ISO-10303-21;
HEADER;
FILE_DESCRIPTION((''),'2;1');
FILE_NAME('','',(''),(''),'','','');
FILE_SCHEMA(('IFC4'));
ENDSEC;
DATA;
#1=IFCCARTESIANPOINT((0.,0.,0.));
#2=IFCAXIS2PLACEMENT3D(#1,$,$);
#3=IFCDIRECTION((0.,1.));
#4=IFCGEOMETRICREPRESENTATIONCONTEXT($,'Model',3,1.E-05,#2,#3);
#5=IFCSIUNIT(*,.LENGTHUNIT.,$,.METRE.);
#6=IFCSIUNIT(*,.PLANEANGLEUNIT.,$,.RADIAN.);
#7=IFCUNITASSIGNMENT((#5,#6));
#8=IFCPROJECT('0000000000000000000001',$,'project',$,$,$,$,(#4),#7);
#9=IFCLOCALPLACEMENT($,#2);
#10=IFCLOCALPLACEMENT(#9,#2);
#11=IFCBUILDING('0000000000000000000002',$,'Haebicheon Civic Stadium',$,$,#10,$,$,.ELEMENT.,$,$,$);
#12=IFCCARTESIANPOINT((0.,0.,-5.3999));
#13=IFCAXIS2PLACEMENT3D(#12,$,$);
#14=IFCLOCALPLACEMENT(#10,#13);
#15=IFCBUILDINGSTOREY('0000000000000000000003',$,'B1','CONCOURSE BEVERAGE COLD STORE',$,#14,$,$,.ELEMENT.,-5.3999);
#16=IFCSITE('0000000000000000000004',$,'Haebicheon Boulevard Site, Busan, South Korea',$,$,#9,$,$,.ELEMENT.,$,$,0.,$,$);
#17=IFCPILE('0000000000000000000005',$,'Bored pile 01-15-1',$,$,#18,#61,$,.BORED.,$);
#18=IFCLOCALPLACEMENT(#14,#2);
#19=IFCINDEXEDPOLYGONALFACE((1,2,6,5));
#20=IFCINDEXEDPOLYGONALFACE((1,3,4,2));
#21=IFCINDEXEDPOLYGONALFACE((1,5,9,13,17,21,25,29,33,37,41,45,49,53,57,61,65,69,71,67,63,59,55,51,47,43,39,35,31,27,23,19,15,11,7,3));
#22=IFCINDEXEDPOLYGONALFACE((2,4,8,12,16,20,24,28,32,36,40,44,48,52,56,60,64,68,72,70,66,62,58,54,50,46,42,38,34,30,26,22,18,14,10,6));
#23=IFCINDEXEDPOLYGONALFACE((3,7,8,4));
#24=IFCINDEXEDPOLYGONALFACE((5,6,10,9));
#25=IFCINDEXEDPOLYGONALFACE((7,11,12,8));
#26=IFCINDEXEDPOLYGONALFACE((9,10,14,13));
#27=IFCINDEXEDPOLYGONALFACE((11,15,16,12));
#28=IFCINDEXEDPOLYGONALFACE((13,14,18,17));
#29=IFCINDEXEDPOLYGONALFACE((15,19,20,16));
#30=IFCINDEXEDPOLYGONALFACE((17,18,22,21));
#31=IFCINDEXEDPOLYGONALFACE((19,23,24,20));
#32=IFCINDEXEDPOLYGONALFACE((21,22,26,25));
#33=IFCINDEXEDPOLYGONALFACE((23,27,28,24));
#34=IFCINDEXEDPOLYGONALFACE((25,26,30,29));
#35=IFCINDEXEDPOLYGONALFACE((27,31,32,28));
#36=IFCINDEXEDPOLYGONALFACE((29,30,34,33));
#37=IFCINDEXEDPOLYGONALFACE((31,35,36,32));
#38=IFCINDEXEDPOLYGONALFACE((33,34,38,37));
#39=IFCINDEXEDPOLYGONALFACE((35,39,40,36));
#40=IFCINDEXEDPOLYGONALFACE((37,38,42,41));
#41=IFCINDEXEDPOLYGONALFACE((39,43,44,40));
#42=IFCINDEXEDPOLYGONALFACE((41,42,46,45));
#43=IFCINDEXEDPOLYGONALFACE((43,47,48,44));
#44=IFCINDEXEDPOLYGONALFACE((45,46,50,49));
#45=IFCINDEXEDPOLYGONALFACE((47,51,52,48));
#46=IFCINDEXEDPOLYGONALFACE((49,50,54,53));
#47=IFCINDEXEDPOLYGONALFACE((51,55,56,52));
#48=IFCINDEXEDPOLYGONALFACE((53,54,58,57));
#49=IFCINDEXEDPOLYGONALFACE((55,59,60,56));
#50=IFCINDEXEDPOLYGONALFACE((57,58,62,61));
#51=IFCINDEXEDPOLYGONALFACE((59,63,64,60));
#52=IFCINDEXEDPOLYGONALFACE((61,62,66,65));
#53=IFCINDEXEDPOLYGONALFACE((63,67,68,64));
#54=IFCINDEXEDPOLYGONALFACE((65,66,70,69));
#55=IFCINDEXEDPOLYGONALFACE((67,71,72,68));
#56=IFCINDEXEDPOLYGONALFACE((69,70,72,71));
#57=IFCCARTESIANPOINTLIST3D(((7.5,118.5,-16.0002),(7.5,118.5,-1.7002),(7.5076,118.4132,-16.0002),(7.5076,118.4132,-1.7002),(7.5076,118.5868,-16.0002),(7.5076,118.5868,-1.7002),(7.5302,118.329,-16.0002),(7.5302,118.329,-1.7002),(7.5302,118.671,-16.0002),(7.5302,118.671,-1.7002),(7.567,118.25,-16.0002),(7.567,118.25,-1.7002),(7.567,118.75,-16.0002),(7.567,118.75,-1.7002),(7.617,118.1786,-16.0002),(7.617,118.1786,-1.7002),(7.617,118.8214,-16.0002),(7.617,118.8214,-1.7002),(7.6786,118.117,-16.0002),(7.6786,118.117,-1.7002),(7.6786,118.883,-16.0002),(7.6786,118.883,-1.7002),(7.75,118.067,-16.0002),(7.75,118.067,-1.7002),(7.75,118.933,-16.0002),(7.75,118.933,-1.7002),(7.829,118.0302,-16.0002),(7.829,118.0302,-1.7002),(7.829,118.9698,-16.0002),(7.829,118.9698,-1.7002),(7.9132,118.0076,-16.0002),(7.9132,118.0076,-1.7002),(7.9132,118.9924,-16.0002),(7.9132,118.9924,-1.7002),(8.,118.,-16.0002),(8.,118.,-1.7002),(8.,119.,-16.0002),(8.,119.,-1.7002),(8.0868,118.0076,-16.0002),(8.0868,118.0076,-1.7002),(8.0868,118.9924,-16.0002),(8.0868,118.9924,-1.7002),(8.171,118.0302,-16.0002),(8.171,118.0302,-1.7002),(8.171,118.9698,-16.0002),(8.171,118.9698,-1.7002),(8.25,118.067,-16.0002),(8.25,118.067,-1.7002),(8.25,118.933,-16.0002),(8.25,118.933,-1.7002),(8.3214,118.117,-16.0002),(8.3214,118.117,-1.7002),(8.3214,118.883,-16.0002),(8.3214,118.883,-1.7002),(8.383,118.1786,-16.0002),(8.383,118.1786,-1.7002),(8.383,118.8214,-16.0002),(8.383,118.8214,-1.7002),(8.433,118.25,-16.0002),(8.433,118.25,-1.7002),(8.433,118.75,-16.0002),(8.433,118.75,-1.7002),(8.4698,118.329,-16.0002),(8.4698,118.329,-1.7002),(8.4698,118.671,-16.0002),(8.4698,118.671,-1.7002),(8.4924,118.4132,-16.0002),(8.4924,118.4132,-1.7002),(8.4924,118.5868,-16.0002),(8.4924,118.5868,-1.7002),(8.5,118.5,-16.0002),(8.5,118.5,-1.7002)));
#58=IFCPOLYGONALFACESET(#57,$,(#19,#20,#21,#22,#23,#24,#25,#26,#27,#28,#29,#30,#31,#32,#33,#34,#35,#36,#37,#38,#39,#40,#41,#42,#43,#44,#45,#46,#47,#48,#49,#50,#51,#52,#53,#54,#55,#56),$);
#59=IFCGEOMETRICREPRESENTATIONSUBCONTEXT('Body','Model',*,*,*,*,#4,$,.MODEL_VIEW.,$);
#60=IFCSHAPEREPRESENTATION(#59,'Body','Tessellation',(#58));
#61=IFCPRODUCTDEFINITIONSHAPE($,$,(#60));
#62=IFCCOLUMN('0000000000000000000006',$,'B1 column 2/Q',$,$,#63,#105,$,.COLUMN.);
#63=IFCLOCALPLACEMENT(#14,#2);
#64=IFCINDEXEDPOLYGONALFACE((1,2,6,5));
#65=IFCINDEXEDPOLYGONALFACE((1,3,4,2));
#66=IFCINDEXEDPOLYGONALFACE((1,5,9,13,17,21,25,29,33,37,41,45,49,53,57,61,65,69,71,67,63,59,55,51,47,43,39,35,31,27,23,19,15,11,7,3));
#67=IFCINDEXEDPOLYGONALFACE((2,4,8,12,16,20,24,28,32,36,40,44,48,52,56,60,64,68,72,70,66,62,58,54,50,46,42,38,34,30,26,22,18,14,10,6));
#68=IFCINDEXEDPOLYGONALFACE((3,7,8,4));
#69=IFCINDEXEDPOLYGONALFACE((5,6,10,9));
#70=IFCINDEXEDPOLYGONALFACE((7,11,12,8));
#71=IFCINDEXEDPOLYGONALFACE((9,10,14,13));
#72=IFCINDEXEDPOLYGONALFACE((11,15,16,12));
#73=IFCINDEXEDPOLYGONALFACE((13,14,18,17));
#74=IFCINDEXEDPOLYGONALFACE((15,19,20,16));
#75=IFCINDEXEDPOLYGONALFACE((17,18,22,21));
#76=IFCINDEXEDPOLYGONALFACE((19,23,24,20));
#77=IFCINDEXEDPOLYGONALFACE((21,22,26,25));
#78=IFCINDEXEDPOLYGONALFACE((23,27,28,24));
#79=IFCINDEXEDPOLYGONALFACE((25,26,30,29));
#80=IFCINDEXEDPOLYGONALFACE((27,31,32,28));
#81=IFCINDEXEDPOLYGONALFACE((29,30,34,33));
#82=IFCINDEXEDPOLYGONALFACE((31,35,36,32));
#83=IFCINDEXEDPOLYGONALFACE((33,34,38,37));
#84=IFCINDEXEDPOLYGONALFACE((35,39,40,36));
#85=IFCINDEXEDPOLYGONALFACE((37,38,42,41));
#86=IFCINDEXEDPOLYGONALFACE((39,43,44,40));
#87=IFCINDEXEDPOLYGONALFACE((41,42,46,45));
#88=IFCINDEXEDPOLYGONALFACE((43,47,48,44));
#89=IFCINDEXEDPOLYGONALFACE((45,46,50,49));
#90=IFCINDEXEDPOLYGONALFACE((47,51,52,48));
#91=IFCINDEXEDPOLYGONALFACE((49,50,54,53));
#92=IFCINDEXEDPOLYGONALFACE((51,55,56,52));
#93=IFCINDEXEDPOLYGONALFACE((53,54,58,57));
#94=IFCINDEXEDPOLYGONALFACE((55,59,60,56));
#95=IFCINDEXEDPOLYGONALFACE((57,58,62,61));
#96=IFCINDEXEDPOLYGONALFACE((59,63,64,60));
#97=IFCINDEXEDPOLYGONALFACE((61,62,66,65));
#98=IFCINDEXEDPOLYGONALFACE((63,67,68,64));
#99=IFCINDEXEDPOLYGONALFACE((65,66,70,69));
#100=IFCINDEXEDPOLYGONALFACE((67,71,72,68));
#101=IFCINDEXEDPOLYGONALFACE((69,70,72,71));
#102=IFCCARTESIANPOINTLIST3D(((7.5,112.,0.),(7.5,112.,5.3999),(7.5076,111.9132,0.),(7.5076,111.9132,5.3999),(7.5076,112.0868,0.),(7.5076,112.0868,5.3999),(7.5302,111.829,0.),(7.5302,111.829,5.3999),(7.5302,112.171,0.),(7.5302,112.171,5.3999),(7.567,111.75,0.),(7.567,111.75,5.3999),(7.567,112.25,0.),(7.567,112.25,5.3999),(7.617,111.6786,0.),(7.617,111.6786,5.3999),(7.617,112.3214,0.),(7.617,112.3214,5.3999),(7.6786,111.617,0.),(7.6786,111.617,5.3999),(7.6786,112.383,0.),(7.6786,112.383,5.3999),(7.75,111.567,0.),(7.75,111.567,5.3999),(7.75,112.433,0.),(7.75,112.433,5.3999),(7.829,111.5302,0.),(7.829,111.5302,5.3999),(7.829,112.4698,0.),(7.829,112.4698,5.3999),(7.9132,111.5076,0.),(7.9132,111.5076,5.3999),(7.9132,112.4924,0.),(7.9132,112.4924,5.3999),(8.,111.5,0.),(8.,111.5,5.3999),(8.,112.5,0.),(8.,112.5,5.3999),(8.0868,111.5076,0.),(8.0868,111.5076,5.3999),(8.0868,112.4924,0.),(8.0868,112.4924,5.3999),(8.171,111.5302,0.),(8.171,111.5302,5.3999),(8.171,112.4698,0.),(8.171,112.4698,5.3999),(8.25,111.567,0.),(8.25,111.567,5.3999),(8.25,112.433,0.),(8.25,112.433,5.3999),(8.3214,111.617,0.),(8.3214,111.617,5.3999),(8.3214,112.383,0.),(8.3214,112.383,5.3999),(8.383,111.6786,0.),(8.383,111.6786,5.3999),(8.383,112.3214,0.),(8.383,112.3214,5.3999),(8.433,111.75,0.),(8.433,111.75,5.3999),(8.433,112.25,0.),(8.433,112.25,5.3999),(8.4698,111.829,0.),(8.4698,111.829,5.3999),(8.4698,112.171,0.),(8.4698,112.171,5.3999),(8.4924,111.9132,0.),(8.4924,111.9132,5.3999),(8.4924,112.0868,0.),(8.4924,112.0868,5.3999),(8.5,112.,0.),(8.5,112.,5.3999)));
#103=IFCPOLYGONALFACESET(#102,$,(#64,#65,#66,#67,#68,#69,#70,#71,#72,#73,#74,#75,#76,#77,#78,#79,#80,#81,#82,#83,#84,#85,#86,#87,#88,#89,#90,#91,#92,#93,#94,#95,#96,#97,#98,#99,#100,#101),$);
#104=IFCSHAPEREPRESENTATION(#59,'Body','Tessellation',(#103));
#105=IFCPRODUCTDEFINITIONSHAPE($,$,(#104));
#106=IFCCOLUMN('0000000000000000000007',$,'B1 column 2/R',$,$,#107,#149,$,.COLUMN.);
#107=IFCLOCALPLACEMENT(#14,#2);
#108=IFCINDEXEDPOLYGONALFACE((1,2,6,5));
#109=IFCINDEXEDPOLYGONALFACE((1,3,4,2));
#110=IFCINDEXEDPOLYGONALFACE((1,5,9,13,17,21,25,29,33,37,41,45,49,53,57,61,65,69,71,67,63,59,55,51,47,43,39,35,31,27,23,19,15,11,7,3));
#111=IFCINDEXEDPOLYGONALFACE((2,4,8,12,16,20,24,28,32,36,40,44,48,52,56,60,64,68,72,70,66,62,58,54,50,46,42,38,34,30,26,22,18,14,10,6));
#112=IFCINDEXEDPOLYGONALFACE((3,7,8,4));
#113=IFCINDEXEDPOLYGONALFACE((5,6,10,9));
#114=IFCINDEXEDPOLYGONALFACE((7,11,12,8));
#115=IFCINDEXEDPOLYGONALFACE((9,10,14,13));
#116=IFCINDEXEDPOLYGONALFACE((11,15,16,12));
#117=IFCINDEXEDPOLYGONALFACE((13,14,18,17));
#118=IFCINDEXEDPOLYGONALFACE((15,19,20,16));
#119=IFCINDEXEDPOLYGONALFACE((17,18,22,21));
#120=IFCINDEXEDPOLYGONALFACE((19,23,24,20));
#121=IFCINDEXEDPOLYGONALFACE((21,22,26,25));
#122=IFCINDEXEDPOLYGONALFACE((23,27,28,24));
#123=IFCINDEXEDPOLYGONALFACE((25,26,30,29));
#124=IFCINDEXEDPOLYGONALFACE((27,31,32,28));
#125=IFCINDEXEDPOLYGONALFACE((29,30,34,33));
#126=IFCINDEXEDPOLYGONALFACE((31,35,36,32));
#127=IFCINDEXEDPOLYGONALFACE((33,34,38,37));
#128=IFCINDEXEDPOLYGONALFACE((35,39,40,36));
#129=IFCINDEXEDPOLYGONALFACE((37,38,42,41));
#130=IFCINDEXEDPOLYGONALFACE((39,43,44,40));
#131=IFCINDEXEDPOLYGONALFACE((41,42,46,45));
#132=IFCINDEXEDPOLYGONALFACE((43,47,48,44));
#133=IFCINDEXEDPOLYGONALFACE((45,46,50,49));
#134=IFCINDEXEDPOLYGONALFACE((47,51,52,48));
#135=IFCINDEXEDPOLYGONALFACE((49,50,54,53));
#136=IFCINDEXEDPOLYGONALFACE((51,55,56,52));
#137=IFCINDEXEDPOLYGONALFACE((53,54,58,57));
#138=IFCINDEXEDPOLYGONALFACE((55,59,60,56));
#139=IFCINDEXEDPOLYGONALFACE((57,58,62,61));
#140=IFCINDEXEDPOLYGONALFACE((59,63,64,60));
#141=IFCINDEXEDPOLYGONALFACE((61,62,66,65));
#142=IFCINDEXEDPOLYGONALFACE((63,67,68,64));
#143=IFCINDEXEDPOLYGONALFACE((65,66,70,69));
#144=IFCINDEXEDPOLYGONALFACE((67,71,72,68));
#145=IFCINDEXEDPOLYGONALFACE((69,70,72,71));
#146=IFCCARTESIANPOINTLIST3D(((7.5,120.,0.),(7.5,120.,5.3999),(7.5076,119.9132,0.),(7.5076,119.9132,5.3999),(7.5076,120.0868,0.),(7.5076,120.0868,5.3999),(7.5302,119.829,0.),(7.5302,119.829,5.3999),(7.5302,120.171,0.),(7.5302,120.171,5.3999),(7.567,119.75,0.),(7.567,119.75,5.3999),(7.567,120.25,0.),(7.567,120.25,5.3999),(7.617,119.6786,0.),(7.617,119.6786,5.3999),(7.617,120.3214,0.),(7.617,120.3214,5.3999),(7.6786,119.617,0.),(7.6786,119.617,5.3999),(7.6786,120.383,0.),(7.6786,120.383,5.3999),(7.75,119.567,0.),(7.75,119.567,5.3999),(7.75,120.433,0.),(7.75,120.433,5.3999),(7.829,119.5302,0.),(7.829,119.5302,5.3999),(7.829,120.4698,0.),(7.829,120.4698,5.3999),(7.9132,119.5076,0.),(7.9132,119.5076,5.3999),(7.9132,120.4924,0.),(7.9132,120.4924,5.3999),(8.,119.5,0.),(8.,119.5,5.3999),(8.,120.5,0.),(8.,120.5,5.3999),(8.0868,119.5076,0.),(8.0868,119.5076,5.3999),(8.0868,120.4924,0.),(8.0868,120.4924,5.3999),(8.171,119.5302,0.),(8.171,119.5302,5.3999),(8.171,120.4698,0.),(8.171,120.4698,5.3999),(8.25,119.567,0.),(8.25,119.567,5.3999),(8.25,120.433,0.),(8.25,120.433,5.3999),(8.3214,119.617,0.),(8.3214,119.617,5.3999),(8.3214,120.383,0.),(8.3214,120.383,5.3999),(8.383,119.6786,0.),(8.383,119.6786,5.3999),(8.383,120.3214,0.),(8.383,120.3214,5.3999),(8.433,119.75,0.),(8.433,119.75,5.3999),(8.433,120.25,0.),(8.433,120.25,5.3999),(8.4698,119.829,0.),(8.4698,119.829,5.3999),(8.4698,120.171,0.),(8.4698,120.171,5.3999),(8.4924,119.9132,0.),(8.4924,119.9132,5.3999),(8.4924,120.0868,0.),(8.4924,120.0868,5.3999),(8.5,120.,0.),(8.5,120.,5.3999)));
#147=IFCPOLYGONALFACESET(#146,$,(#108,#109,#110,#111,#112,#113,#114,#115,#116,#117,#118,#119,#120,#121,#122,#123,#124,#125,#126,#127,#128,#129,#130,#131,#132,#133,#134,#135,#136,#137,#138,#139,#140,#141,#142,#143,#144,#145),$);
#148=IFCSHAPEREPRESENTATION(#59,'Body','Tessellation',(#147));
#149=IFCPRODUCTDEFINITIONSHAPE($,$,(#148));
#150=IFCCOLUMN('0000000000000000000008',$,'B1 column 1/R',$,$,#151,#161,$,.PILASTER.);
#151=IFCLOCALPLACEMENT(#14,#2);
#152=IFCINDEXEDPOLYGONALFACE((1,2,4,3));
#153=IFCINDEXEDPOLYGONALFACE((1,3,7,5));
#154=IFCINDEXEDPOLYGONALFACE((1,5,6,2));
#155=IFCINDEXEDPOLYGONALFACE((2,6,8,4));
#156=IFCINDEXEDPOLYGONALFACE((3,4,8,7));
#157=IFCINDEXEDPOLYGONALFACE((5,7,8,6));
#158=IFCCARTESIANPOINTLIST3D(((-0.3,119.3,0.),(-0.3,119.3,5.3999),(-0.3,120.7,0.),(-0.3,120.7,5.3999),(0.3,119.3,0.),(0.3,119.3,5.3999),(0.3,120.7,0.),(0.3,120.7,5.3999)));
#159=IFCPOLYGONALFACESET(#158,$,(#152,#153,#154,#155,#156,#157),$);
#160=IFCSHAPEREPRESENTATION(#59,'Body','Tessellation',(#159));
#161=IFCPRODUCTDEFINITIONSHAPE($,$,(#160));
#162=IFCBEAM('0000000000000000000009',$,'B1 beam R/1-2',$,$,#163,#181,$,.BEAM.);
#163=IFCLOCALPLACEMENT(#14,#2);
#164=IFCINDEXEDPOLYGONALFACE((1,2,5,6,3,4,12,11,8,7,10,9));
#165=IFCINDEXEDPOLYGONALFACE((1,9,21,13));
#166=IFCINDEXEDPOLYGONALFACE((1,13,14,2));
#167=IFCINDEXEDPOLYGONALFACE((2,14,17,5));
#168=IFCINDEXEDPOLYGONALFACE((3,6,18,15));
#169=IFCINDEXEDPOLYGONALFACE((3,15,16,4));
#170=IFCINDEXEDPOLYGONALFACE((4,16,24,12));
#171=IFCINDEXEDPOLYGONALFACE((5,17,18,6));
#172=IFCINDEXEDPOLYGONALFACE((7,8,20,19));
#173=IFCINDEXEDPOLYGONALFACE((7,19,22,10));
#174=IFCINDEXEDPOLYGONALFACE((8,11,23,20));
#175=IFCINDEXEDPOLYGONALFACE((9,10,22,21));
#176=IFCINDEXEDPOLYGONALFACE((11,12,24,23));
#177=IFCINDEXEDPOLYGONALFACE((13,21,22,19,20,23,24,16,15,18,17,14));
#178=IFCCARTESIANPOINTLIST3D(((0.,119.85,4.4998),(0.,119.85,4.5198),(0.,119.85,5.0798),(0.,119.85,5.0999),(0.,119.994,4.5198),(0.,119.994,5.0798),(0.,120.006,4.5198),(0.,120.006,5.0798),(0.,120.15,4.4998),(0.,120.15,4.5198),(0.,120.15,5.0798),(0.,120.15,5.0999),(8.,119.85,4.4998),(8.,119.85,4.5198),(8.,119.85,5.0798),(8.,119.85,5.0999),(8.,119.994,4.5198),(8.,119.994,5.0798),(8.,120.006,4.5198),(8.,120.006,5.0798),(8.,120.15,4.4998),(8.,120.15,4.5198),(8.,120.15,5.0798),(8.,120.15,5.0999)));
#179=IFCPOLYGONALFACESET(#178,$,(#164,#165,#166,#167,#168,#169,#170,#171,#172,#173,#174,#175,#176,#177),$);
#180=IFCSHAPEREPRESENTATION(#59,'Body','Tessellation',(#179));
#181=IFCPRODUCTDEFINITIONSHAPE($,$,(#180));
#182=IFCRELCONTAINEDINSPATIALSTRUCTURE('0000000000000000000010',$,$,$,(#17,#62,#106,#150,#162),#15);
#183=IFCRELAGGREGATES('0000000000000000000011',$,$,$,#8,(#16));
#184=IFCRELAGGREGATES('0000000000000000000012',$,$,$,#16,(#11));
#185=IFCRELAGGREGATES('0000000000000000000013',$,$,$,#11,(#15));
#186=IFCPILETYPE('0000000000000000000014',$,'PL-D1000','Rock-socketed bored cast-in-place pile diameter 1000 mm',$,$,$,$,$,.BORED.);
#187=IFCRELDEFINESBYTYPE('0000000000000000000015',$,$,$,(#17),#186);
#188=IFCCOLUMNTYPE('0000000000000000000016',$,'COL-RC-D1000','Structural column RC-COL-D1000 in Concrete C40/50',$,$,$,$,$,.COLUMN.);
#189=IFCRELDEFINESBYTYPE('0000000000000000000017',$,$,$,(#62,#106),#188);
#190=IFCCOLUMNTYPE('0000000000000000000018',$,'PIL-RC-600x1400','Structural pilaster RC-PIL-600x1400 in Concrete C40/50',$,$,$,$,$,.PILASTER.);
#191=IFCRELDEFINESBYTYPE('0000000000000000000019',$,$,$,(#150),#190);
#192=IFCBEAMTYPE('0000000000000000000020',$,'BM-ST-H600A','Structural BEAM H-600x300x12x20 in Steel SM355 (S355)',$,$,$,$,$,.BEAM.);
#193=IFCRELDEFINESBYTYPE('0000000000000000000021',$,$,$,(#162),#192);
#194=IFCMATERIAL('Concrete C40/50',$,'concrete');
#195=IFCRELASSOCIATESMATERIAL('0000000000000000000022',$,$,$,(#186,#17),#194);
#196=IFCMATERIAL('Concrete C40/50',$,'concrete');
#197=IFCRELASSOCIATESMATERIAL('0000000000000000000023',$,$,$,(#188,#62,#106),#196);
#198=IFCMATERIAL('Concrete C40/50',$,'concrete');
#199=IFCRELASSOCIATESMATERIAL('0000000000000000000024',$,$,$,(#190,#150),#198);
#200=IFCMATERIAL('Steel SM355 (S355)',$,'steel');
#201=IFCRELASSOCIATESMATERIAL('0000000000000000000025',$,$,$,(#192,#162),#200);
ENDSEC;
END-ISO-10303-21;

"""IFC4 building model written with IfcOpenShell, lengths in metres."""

from ifc_helpers import new_model, si_unit, direction, frame, origin, origin_2d, place, context, subcontext, project, spatial, rectangle, circle, i_section, extrude, material, material_profile, profile_set, type_object, element, save


model = new_model("IFC4")

# Units and contexts
model_context = context("Model", 3, precision=1e-05, world=origin(), true_north=direction((0.0, 1.0)))
body_context = subcontext(model_context, "Body", "Model", "MODEL_VIEW")
ifc_project = project(units=[si_unit("LENGTHUNIT", "METRE"), si_unit("PLANEANGLEUNIT", "RADIAN")], contexts=[model_context])

# Site, building, storey
site_placement = place(None, origin())
site = spatial("IfcSite", under=ifc_project, at=site_placement, Name="Haebicheon Boulevard Site, Busan, South Korea", CompositionType="ELEMENT", RefElevation=0.0)
building_placement = place(site_placement, origin())
building = spatial("IfcBuilding", under=site, at=building_placement, Name="Haebicheon Civic Stadium", CompositionType="ELEMENT")
storey_placement = place(building_placement, frame((0.0, 0.0, -5.3999)))
storey = spatial("IfcBuildingStorey", under=building, at=storey_placement, Name="B1", Description="CONCOURSE BEVERAGE COLD STORE", CompositionType="ELEMENT", Elevation=-5.3999)

# Pile
ifc_material_1 = material(Name="Concrete C40/50", Category="concrete")
ifc_material_profile_1 = material_profile(ifc_material_1, circle(Radius=0.5, at=origin_2d()), Name="PILE-D1000")
ifc_profile_set_1 = profile_set([ifc_material_profile_1], Name="Concrete C40/50")
pile_type = type_object("IfcPileType", Name="PL-D1000", Description="Rock-socketed bored cast-in-place pile diameter 1000 mm", PredefinedType="BORED", material=ifc_profile_set_1)
for number, where, z_axis, x_axis, name in (
    (1, (8.0, 118.5, -1.7002), (0.0, 0.0, -1.0), (1.0, 0.0, 0.0), "Bored pile 01-15-1"),
):
    element("IfcPile", number, at=place(storey_placement, frame(where, z_axis=z_axis, x_axis=x_axis)), inside=storey, type_object=pile_type, material=ifc_profile_set_1, Name=name, PredefinedType="BORED", context=body_context, shape_type="SweptSolid", body=[
        extrude(circle(Radius=0.5, at=origin_2d()), origin(), (0.0, 0.0, 1.0), 14.3),
    ])

# Columns
ifc_material_2 = material(Name="Concrete C40/50", Category="concrete")
ifc_material_profile_2 = material_profile(ifc_material_2, circle(Radius=0.5, at=origin_2d()), Name="RC-COL-D1000")
ifc_profile_set_2 = profile_set([ifc_material_profile_2], Name="Concrete C40/50")
column_type_1 = type_object("IfcColumnType", Name="COL-RC-D1000", Description="Structural column RC-COL-D1000 in Concrete C40/50", PredefinedType="COLUMN", material=ifc_profile_set_2)
for number, where, z_axis, x_axis, name in (
    (2, (8.0, 112.0, 0.0), (0.0, 0.0, 1.0), (1.0, 0.0, 0.0), "B1 column 2/Q"),
    (3, (8.0, 120.0, 0.0), (0.0, 0.0, 1.0), (1.0, 0.0, 0.0), "B1 column 2/R"),
):
    element("IfcColumn", number, at=place(storey_placement, frame(where, z_axis=z_axis, x_axis=x_axis)), inside=storey, type_object=column_type_1, material=ifc_profile_set_2, Name=name, PredefinedType="COLUMN", context=body_context, shape_type="SweptSolid", body=[
        extrude(circle(Radius=0.5, at=origin_2d()), origin(), (0.0, 0.0, 1.0), 5.3999),
    ])
ifc_material_3 = material(Name="Concrete C40/50", Category="concrete")
ifc_material_profile_3 = material_profile(ifc_material_3, rectangle(XDim=0.6001, YDim=1.3999, at=origin_2d()), Name="RC-PIL-600x1400")
ifc_profile_set_3 = profile_set([ifc_material_profile_3], Name="Concrete C40/50")
column_type_2 = type_object("IfcColumnType", Name="PIL-RC-600x1400", Description="Structural pilaster RC-PIL-600x1400 in Concrete C40/50", PredefinedType="PILASTER", material=ifc_profile_set_3)
column_placement = place(storey_placement, frame((0.0, 120.0, 0.0), z_axis=(0.0, 0.0, 1.0), x_axis=(1.0, 0.0, 0.0)))
element("IfcColumn", 4, at=column_placement, inside=storey, type_object=column_type_2, material=ifc_profile_set_3, Name="B1 column 1/R", PredefinedType="PILASTER", context=body_context, shape_type="SweptSolid", body=[
    extrude(rectangle(XDim=0.6001, YDim=1.3999, at=origin_2d()), origin(), (0.0, 0.0, 1.0), 5.3999),
])

# Beam
ifc_material_4 = material(Name="Steel SM355 (S355)", Category="steel")
ifc_material_profile_4 = material_profile(ifc_material_4, i_section(OverallWidth=0.3, OverallDepth=0.6001, WebThickness=0.012, FlangeThickness=0.02, at=origin_2d()), Name="H-600x300x12x20")
ifc_profile_set_4 = profile_set([ifc_material_profile_4], Name="Steel SM355 (S355)")
beam_type_1 = type_object("IfcBeamType", Name="BM-ST-H600A", Description="Structural BEAM H-600x300x12x20 in Steel SM355 (S355)", PredefinedType="BEAM", material=ifc_profile_set_4)
for number, where, z_axis, x_axis, name in (
    (5, (0.0, 120.0, 4.7998), (1.0, 0.0, 0.0), (0.0, 1.0, 0.0), "B1 beam R/1-2"),
):
    element("IfcBeam", number, at=place(storey_placement, frame(where, z_axis=z_axis, x_axis=x_axis)), inside=storey, type_object=beam_type_1, material=ifc_profile_set_4, Name=name, PredefinedType="BEAM", context=body_context, shape_type="SweptSolid", body=[
        extrude(i_section(OverallWidth=0.3, OverallDepth=0.6001, WebThickness=0.012, FlangeThickness=0.02, at=origin_2d()), origin(), (0.0, 0.0, 1.0), 8.0),
    ])

save(model, "model.ifc")
